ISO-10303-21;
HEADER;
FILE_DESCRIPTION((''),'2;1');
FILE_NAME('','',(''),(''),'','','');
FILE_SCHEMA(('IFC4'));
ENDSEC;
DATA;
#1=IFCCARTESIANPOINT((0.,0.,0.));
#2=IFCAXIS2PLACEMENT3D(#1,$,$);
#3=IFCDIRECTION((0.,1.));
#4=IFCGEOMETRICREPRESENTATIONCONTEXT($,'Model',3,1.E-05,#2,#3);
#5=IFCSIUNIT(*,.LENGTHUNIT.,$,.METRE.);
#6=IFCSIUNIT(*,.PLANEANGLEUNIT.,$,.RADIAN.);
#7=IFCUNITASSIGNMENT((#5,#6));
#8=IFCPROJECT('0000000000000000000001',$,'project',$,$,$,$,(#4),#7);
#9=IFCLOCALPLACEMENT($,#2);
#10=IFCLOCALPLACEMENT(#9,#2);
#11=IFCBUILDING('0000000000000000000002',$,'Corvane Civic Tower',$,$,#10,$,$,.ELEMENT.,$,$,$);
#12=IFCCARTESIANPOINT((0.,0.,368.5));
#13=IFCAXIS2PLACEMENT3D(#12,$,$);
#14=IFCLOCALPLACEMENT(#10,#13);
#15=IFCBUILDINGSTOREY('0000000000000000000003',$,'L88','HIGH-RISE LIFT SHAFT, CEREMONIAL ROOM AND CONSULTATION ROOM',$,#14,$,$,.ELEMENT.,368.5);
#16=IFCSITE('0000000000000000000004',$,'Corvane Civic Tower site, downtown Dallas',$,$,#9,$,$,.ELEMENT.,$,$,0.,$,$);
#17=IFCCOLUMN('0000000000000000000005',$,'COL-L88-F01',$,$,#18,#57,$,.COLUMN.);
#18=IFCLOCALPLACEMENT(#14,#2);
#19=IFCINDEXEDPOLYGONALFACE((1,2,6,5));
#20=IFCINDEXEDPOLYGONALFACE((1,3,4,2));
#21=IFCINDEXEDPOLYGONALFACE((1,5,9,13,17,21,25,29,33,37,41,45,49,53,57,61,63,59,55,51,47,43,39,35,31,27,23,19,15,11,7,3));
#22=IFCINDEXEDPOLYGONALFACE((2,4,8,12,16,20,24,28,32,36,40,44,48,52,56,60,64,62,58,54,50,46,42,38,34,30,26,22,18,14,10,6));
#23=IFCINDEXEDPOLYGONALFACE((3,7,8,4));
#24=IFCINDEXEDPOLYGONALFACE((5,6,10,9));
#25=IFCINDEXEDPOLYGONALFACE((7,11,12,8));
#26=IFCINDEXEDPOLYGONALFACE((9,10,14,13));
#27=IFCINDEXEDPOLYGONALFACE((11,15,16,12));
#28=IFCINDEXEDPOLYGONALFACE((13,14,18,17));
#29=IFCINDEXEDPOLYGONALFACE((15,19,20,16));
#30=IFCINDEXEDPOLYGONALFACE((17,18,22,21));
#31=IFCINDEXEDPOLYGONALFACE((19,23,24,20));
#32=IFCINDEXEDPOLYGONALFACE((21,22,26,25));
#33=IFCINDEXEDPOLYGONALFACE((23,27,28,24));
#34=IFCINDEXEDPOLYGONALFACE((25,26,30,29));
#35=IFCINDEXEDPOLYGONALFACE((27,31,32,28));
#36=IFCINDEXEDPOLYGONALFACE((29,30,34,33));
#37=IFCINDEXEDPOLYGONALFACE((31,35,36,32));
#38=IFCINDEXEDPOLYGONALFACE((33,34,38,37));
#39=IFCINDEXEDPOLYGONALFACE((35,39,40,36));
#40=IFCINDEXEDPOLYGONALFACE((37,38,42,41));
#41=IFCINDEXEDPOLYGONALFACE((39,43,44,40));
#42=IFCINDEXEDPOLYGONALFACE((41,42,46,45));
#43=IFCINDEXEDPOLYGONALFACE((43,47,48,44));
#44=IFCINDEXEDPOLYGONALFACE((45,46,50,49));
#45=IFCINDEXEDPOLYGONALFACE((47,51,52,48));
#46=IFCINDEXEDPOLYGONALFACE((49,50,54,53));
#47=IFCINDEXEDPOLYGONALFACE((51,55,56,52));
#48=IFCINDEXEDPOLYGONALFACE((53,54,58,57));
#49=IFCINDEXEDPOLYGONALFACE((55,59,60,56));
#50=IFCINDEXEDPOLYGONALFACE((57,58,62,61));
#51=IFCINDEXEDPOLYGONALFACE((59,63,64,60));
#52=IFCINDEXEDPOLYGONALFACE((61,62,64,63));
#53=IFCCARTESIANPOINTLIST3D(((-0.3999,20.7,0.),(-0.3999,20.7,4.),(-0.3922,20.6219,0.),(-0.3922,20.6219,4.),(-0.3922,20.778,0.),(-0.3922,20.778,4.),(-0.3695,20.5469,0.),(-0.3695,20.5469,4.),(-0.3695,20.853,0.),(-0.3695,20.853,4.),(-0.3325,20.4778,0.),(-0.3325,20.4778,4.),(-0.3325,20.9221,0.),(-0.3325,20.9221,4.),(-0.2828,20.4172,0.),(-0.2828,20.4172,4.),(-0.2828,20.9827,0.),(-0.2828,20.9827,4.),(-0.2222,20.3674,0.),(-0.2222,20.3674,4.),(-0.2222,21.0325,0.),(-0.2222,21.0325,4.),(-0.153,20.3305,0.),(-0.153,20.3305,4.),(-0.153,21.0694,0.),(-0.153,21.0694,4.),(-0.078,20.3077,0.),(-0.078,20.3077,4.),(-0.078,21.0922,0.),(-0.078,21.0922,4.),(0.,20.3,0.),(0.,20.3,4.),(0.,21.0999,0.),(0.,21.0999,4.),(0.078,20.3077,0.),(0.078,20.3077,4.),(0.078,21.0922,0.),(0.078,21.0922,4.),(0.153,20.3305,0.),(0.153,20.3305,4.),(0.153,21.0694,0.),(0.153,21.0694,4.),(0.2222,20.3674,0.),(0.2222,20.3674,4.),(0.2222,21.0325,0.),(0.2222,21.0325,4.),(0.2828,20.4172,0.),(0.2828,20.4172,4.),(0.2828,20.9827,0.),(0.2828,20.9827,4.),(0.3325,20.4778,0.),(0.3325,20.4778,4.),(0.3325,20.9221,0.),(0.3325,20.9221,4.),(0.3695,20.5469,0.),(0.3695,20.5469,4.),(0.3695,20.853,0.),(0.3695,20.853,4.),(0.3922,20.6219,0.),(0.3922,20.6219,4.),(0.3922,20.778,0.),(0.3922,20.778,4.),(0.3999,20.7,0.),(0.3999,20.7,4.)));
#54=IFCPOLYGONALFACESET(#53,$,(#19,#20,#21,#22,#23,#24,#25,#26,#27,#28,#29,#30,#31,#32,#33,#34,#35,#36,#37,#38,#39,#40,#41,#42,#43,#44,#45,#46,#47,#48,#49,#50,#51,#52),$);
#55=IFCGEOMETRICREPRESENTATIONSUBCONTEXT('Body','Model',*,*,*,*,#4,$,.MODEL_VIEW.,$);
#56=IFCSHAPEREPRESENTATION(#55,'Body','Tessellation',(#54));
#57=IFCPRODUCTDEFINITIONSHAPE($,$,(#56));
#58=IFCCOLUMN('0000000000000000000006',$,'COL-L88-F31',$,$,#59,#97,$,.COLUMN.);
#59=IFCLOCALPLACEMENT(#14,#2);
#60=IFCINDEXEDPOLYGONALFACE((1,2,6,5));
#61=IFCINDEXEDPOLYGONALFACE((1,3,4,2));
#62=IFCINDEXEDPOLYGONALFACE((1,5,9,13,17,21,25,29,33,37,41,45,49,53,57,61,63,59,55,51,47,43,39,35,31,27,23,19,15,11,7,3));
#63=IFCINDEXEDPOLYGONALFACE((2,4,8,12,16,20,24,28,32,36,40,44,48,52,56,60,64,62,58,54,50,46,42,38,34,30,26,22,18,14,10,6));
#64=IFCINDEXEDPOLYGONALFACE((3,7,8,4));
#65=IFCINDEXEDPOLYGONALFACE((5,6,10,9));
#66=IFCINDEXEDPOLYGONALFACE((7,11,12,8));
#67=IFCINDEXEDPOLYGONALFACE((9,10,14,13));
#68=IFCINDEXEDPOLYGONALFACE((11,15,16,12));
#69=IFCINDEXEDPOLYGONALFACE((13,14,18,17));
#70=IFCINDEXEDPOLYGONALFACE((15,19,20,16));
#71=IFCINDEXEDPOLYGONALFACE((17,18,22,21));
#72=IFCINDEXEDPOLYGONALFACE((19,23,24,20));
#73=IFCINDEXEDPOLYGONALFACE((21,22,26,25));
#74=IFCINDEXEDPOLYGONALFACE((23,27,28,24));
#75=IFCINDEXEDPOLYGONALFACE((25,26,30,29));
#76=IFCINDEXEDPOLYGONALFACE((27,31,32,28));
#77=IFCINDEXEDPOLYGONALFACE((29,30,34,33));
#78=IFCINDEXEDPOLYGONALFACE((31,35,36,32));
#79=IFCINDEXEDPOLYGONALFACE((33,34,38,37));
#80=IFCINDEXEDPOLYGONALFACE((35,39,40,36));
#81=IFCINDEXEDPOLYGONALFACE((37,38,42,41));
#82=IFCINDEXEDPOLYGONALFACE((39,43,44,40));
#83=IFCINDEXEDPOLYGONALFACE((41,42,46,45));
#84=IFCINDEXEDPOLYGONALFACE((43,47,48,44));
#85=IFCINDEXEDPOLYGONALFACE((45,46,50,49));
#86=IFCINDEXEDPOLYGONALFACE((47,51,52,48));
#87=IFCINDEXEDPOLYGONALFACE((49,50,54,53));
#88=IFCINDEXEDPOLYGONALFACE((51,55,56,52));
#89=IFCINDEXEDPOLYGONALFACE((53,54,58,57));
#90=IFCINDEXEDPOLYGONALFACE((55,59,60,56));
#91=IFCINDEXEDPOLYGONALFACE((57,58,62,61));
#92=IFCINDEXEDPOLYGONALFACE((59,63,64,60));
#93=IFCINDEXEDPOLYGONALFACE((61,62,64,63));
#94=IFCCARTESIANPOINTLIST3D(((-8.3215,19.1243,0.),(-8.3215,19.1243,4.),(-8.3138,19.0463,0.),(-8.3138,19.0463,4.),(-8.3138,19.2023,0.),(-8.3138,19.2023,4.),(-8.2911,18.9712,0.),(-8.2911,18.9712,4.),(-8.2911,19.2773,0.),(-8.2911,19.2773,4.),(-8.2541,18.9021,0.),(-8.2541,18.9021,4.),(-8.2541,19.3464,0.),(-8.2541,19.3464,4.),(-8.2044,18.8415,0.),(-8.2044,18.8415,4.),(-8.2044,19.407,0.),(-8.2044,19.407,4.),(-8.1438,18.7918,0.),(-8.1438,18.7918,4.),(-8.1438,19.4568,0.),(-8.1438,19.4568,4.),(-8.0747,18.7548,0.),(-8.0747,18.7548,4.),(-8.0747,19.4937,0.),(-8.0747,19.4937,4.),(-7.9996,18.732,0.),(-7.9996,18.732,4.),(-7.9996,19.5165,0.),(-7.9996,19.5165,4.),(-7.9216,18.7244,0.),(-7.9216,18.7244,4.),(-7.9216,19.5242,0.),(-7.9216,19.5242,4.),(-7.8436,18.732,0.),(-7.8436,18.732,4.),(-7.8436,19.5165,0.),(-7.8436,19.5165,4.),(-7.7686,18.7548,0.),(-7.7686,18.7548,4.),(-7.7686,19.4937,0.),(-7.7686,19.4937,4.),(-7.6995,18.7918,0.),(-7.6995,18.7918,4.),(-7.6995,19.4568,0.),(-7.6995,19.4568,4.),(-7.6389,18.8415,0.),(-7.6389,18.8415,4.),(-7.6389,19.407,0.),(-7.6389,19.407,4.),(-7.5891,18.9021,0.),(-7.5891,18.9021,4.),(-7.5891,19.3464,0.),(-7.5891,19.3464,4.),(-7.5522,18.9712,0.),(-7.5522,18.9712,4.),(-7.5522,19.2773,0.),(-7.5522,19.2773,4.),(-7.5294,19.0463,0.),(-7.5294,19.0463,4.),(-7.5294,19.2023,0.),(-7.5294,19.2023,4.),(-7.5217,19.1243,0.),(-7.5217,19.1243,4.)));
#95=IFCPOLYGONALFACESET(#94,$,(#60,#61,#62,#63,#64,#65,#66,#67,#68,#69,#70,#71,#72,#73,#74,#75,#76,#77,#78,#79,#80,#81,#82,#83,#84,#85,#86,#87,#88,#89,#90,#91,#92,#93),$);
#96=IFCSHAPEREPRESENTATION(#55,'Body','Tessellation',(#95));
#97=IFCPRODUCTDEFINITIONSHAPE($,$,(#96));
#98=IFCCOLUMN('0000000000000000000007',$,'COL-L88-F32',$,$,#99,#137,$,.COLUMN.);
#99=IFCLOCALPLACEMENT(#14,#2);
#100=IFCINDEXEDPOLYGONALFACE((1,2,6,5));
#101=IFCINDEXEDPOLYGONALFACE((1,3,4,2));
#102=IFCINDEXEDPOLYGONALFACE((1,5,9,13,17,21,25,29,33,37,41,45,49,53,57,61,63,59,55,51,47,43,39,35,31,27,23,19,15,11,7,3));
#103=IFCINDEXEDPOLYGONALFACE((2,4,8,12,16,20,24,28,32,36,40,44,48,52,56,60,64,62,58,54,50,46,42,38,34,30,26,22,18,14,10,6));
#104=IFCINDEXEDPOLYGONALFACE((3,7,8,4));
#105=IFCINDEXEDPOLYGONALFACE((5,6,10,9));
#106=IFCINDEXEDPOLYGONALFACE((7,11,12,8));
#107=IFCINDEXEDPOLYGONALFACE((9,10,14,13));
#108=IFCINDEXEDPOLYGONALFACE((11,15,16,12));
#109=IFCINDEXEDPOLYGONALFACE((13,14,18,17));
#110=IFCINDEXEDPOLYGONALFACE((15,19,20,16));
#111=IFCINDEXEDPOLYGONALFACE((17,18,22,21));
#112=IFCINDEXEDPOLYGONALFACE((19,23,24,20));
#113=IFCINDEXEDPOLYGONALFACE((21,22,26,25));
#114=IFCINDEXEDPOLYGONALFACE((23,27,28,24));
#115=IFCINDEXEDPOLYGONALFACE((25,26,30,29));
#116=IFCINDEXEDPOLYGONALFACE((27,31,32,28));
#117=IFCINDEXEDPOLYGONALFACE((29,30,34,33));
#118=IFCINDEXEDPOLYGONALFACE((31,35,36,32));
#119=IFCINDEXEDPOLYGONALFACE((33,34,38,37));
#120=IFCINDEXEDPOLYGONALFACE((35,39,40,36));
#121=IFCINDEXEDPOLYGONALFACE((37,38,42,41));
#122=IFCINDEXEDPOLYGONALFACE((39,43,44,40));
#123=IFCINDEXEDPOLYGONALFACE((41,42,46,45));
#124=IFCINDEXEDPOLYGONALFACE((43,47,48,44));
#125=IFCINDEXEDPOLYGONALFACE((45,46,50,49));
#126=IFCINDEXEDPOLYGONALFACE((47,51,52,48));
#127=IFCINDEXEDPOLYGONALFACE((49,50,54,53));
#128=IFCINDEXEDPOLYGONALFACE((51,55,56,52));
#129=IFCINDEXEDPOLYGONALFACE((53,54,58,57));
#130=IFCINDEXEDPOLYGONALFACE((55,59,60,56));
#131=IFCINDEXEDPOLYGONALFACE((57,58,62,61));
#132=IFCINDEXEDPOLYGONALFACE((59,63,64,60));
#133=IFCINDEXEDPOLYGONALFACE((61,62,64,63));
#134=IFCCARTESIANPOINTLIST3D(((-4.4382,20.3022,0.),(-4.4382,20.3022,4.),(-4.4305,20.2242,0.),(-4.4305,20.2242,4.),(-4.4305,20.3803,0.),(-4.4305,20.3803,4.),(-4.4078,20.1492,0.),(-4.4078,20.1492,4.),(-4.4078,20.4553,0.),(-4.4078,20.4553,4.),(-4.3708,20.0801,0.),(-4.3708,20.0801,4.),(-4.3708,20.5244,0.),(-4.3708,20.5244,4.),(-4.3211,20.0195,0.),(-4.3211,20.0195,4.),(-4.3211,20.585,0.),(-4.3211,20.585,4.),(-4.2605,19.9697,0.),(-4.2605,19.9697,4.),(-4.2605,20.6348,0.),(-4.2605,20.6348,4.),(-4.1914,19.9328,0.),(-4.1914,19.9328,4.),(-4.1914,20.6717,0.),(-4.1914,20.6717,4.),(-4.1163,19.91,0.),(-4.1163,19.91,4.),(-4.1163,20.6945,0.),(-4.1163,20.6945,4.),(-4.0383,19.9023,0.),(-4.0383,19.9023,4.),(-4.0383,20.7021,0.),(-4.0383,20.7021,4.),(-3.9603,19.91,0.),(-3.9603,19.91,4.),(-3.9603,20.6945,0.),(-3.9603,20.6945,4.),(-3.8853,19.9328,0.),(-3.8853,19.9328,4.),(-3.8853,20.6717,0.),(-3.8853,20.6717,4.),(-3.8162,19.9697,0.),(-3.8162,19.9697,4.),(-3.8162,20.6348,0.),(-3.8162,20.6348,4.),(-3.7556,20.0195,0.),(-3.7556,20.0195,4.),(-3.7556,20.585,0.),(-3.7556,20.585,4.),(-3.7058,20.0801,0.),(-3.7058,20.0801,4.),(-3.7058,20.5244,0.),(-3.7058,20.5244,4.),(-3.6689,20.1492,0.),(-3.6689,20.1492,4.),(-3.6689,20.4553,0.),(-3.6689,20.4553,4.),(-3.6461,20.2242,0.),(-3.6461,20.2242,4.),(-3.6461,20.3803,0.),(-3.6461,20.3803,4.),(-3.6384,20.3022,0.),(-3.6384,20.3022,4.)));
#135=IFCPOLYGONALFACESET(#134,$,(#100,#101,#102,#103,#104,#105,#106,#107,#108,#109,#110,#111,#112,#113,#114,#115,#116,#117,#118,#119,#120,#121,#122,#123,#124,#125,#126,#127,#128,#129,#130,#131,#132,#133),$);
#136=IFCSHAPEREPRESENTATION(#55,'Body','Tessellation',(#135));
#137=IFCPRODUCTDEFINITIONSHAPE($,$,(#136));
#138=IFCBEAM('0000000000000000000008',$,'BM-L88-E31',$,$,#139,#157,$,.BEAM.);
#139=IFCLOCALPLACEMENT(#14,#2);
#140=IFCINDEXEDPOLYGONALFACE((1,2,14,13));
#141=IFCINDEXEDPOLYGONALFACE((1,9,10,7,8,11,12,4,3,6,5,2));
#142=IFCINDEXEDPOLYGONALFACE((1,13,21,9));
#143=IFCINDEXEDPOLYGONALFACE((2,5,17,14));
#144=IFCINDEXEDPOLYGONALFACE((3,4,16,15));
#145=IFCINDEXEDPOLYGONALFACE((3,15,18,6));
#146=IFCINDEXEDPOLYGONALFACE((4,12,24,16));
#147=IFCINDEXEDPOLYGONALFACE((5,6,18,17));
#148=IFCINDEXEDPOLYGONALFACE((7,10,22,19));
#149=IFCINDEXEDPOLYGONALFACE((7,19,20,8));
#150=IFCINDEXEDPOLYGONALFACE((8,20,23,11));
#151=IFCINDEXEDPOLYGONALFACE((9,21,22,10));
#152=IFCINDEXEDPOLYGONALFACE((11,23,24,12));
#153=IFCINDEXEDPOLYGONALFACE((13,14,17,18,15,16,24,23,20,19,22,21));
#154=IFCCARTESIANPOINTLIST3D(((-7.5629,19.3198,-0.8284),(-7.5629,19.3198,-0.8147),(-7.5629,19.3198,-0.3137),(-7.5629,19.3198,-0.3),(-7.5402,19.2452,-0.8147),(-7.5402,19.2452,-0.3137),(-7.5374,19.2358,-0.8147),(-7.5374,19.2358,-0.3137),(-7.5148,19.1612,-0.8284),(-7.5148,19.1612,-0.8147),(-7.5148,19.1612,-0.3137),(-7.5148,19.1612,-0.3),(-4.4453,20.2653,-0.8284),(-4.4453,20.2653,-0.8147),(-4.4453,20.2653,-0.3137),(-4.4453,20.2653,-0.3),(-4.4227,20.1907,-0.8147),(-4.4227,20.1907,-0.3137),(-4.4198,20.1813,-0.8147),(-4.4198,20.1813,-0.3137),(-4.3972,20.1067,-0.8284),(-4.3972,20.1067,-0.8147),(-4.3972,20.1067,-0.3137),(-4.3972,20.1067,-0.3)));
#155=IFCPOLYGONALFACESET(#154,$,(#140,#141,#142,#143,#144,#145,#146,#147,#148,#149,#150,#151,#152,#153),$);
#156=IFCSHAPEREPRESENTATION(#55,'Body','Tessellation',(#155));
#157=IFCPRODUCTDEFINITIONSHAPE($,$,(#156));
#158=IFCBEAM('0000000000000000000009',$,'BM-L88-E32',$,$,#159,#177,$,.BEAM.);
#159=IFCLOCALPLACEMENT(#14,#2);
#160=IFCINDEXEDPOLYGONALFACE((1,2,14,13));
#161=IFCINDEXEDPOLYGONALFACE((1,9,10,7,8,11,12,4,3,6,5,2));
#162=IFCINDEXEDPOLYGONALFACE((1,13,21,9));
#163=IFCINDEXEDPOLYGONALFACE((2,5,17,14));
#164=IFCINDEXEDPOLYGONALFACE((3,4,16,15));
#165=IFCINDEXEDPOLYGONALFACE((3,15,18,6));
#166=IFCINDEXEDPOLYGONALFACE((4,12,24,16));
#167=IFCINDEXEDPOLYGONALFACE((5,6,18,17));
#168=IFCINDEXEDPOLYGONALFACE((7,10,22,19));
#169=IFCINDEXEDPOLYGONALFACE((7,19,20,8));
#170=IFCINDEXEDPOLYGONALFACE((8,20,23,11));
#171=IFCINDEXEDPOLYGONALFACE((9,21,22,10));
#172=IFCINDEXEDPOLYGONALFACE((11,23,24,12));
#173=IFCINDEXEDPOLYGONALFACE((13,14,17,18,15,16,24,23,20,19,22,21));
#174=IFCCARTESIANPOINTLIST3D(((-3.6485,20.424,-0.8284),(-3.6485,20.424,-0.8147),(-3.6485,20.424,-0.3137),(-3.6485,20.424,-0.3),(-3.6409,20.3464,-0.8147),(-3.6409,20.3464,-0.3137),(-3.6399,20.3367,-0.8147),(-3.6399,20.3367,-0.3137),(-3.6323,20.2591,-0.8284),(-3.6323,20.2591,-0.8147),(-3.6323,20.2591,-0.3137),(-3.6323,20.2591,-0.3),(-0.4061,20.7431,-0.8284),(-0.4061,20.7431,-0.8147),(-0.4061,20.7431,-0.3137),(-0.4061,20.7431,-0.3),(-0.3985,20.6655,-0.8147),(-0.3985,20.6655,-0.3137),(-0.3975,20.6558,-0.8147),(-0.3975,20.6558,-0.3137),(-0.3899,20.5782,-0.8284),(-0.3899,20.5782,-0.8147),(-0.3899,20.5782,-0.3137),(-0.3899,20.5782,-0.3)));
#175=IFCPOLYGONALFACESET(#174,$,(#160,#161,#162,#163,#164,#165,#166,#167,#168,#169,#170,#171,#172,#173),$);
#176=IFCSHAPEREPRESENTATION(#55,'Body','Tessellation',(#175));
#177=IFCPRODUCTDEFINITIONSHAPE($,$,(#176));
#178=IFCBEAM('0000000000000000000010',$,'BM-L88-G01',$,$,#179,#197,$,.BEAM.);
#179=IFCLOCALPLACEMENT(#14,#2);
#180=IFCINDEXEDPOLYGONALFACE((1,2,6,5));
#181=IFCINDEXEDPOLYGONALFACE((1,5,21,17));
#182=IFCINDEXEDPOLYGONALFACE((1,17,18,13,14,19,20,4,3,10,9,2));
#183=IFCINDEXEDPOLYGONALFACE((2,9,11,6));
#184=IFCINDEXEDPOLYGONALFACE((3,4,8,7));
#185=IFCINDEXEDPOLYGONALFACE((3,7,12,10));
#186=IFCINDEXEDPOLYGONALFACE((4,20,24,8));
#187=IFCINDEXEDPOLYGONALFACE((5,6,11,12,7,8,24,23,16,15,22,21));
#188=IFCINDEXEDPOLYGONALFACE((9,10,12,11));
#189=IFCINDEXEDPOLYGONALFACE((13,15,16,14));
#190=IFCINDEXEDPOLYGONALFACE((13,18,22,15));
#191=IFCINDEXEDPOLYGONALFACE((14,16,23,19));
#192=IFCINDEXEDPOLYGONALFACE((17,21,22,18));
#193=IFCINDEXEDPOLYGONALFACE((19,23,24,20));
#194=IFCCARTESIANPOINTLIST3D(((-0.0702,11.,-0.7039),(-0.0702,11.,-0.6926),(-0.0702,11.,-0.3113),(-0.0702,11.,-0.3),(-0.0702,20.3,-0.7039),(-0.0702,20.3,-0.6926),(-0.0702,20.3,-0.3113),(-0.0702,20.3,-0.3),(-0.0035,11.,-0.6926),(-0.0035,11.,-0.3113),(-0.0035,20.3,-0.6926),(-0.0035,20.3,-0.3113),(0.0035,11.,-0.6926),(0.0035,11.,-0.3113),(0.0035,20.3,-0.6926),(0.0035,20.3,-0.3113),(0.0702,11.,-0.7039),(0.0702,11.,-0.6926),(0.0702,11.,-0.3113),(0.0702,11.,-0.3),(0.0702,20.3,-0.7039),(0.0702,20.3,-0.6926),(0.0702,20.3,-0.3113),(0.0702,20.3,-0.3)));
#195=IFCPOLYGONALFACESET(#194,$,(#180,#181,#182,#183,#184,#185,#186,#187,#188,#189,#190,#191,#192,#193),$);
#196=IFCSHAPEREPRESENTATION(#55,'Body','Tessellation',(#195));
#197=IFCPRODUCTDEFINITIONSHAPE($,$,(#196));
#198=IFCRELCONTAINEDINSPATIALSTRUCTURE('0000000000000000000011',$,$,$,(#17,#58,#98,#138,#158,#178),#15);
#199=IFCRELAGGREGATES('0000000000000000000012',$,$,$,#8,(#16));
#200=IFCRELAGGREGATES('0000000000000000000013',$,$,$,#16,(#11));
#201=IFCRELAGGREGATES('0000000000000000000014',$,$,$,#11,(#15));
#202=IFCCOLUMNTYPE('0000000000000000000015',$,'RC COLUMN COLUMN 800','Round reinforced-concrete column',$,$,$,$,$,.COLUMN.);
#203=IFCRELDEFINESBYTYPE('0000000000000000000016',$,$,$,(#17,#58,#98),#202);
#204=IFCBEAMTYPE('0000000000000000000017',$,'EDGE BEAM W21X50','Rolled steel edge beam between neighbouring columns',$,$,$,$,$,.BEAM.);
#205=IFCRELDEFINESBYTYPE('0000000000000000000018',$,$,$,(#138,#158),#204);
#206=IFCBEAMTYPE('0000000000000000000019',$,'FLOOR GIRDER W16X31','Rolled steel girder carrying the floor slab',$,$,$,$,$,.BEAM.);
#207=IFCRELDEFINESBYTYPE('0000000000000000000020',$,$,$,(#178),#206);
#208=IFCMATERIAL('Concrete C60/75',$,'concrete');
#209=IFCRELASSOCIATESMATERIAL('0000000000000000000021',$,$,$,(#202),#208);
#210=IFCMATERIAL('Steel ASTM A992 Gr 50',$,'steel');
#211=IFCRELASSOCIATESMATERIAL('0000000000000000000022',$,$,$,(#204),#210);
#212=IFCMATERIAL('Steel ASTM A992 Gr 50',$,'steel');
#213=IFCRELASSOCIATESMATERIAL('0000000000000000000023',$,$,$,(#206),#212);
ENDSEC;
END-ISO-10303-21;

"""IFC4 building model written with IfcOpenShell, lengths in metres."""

from ifc_helpers import new_model, si_unit, direction, frame, origin, origin_2d, place, context, subcontext, project, spatial, circle, i_section, extrude, material, material_profile, profile_set, type_object, element, save


model = new_model("IFC4")

# Units and contexts
model_context = context("Model", 3, precision=1e-05, world=origin(), true_north=direction((0.0, 1.0)))
body_context = subcontext(model_context, "Body", "Model", "MODEL_VIEW")
ifc_project = project(units=[si_unit("LENGTHUNIT", "METRE"), si_unit("PLANEANGLEUNIT", "RADIAN")], contexts=[model_context])

# Site, building, storey
site_placement = place(None, origin())
site = spatial("IfcSite", under=ifc_project, at=site_placement, Name="Corvane Civic Tower site, downtown Dallas", CompositionType="ELEMENT", RefElevation=0.0)
building_placement = place(site_placement, origin())
building = spatial("IfcBuilding", under=site, at=building_placement, Name="Corvane Civic Tower", CompositionType="ELEMENT")
storey_placement = place(building_placement, frame((0.0, 0.0, 368.5)))
storey = spatial("IfcBuildingStorey", under=building, at=storey_placement, Name="L88", Description="HIGH-RISE LIFT SHAFT, CEREMONIAL ROOM AND CONSULTATION ROOM", CompositionType="ELEMENT", Elevation=368.5)

# Columns
ifc_material_1 = material(Name="Concrete C60/75", Category="concrete")
ifc_material_profile_1 = material_profile(ifc_material_1, circle(Radius=0.3999, at=origin_2d()), Name="COLUMN 800")
ifc_profile_set_1 = profile_set([ifc_material_profile_1], Name="Concrete C60/75")
column_type = type_object("IfcColumnType", Name="RC COLUMN COLUMN 800", Description="Round reinforced-concrete column", PredefinedType="COLUMN", material=ifc_profile_set_1)
for number, where, z_axis, x_axis, name in (
    (1, (0.0, 20.7, 0.0), (0.0, 0.0, 1.0), (1.0, 0.0, 0.0), "COL-L88-F01"),
    (2, (-7.9216, 19.1243, 0.0), (0.0, 0.0, 1.0), (1.0, 0.0, 0.0), "COL-L88-F31"),
    (3, (-4.0383, 20.3022, 0.0), (0.0, 0.0, 1.0), (1.0, 0.0, 0.0), "COL-L88-F32"),
):
    element("IfcColumn", number, at=place(storey_placement, frame(where, z_axis=z_axis, x_axis=x_axis)), inside=storey, type_object=column_type, Name=name, PredefinedType="COLUMN", context=body_context, shape_type="SweptSolid", body=[
        extrude(circle(Radius=0.3999, at=origin_2d()), origin(), (0.0, 0.0, 1.0), 4.0),
    ])

# Beams
ifc_material_2 = material(Name="Steel ASTM A992 Gr 50", Category="steel")
ifc_material_profile_2 = material_profile(ifc_material_2, i_section(OverallWidth=0.1658, OverallDepth=0.5283, WebThickness=0.0098, FlangeThickness=0.0137, at=origin_2d()), Name="W21X50")
ifc_profile_set_2 = profile_set([ifc_material_profile_2], Name="Steel ASTM A992 Gr 50")
beam_type_1 = type_object("IfcBeamType", Name="EDGE BEAM W21X50", Description="Rolled steel edge beam between neighbouring columns", PredefinedType="BEAM", material=ifc_profile_set_2)
beam_1_placement = place(storey_placement, frame((-7.5388, 19.2405, -0.5642), z_axis=(0.956956, 0.290234, 0.0), x_axis=(-0.290234, 0.956956, 0.0)))
element("IfcBeam", 4, at=beam_1_placement, inside=storey, type_object=beam_type_1, Name="BM-L88-E31", PredefinedType="BEAM", context=body_context, shape_type="SweptSolid", body=[
    extrude(i_section(OverallWidth=0.1658, OverallDepth=0.5283, WebThickness=0.0098, FlangeThickness=0.0137, at=origin_2d()), origin(), (0.0, 0.0, 1.0), 3.2578),
])
beam_2_placement = place(storey_placement, frame((-3.6404, 20.3416, -0.5642), z_axis=(0.995193, 0.097938, 0.0), x_axis=(-0.097938, 0.995193, 0.0)))
element("IfcBeam", 5, at=beam_2_placement, inside=storey, type_object=beam_type_1, Name="BM-L88-E32", PredefinedType="BEAM", context=body_context, shape_type="SweptSolid", body=[
    extrude(i_section(OverallWidth=0.1658, OverallDepth=0.5283, WebThickness=0.0098, FlangeThickness=0.0137, at=origin_2d()), origin(), (0.0, 0.0, 1.0), 3.2581),
])
ifc_material_3 = material(Name="Steel ASTM A992 Gr 50", Category="steel")
ifc_material_profile_3 = material_profile(ifc_material_3, i_section(OverallWidth=0.1404, OverallDepth=0.4038, WebThickness=0.0071, FlangeThickness=0.0112, at=origin_2d()), Name="W16X31")
ifc_profile_set_3 = profile_set([ifc_material_profile_3], Name="Steel ASTM A992 Gr 50")
beam_type_2 = type_object("IfcBeamType", Name="FLOOR GIRDER W16X31", Description="Rolled steel girder carrying the floor slab", PredefinedType="BEAM", material=ifc_profile_set_3)
beam_3_placement = place(storey_placement, frame((0.0, 11.0, -0.502), z_axis=(0.0, 1.0, 0.0), x_axis=(-1.0, 0.0, 0.0)))
element("IfcBeam", 6, at=beam_3_placement, inside=storey, type_object=beam_type_2, Name="BM-L88-G01", PredefinedType="BEAM", context=body_context, shape_type="SweptSolid", body=[
    extrude(i_section(OverallWidth=0.1404, OverallDepth=0.4038, WebThickness=0.0071, FlangeThickness=0.0112, at=origin_2d()), origin(), (0.0, 0.0, 1.0), 9.3),
])

save(model, "model.ifc")
